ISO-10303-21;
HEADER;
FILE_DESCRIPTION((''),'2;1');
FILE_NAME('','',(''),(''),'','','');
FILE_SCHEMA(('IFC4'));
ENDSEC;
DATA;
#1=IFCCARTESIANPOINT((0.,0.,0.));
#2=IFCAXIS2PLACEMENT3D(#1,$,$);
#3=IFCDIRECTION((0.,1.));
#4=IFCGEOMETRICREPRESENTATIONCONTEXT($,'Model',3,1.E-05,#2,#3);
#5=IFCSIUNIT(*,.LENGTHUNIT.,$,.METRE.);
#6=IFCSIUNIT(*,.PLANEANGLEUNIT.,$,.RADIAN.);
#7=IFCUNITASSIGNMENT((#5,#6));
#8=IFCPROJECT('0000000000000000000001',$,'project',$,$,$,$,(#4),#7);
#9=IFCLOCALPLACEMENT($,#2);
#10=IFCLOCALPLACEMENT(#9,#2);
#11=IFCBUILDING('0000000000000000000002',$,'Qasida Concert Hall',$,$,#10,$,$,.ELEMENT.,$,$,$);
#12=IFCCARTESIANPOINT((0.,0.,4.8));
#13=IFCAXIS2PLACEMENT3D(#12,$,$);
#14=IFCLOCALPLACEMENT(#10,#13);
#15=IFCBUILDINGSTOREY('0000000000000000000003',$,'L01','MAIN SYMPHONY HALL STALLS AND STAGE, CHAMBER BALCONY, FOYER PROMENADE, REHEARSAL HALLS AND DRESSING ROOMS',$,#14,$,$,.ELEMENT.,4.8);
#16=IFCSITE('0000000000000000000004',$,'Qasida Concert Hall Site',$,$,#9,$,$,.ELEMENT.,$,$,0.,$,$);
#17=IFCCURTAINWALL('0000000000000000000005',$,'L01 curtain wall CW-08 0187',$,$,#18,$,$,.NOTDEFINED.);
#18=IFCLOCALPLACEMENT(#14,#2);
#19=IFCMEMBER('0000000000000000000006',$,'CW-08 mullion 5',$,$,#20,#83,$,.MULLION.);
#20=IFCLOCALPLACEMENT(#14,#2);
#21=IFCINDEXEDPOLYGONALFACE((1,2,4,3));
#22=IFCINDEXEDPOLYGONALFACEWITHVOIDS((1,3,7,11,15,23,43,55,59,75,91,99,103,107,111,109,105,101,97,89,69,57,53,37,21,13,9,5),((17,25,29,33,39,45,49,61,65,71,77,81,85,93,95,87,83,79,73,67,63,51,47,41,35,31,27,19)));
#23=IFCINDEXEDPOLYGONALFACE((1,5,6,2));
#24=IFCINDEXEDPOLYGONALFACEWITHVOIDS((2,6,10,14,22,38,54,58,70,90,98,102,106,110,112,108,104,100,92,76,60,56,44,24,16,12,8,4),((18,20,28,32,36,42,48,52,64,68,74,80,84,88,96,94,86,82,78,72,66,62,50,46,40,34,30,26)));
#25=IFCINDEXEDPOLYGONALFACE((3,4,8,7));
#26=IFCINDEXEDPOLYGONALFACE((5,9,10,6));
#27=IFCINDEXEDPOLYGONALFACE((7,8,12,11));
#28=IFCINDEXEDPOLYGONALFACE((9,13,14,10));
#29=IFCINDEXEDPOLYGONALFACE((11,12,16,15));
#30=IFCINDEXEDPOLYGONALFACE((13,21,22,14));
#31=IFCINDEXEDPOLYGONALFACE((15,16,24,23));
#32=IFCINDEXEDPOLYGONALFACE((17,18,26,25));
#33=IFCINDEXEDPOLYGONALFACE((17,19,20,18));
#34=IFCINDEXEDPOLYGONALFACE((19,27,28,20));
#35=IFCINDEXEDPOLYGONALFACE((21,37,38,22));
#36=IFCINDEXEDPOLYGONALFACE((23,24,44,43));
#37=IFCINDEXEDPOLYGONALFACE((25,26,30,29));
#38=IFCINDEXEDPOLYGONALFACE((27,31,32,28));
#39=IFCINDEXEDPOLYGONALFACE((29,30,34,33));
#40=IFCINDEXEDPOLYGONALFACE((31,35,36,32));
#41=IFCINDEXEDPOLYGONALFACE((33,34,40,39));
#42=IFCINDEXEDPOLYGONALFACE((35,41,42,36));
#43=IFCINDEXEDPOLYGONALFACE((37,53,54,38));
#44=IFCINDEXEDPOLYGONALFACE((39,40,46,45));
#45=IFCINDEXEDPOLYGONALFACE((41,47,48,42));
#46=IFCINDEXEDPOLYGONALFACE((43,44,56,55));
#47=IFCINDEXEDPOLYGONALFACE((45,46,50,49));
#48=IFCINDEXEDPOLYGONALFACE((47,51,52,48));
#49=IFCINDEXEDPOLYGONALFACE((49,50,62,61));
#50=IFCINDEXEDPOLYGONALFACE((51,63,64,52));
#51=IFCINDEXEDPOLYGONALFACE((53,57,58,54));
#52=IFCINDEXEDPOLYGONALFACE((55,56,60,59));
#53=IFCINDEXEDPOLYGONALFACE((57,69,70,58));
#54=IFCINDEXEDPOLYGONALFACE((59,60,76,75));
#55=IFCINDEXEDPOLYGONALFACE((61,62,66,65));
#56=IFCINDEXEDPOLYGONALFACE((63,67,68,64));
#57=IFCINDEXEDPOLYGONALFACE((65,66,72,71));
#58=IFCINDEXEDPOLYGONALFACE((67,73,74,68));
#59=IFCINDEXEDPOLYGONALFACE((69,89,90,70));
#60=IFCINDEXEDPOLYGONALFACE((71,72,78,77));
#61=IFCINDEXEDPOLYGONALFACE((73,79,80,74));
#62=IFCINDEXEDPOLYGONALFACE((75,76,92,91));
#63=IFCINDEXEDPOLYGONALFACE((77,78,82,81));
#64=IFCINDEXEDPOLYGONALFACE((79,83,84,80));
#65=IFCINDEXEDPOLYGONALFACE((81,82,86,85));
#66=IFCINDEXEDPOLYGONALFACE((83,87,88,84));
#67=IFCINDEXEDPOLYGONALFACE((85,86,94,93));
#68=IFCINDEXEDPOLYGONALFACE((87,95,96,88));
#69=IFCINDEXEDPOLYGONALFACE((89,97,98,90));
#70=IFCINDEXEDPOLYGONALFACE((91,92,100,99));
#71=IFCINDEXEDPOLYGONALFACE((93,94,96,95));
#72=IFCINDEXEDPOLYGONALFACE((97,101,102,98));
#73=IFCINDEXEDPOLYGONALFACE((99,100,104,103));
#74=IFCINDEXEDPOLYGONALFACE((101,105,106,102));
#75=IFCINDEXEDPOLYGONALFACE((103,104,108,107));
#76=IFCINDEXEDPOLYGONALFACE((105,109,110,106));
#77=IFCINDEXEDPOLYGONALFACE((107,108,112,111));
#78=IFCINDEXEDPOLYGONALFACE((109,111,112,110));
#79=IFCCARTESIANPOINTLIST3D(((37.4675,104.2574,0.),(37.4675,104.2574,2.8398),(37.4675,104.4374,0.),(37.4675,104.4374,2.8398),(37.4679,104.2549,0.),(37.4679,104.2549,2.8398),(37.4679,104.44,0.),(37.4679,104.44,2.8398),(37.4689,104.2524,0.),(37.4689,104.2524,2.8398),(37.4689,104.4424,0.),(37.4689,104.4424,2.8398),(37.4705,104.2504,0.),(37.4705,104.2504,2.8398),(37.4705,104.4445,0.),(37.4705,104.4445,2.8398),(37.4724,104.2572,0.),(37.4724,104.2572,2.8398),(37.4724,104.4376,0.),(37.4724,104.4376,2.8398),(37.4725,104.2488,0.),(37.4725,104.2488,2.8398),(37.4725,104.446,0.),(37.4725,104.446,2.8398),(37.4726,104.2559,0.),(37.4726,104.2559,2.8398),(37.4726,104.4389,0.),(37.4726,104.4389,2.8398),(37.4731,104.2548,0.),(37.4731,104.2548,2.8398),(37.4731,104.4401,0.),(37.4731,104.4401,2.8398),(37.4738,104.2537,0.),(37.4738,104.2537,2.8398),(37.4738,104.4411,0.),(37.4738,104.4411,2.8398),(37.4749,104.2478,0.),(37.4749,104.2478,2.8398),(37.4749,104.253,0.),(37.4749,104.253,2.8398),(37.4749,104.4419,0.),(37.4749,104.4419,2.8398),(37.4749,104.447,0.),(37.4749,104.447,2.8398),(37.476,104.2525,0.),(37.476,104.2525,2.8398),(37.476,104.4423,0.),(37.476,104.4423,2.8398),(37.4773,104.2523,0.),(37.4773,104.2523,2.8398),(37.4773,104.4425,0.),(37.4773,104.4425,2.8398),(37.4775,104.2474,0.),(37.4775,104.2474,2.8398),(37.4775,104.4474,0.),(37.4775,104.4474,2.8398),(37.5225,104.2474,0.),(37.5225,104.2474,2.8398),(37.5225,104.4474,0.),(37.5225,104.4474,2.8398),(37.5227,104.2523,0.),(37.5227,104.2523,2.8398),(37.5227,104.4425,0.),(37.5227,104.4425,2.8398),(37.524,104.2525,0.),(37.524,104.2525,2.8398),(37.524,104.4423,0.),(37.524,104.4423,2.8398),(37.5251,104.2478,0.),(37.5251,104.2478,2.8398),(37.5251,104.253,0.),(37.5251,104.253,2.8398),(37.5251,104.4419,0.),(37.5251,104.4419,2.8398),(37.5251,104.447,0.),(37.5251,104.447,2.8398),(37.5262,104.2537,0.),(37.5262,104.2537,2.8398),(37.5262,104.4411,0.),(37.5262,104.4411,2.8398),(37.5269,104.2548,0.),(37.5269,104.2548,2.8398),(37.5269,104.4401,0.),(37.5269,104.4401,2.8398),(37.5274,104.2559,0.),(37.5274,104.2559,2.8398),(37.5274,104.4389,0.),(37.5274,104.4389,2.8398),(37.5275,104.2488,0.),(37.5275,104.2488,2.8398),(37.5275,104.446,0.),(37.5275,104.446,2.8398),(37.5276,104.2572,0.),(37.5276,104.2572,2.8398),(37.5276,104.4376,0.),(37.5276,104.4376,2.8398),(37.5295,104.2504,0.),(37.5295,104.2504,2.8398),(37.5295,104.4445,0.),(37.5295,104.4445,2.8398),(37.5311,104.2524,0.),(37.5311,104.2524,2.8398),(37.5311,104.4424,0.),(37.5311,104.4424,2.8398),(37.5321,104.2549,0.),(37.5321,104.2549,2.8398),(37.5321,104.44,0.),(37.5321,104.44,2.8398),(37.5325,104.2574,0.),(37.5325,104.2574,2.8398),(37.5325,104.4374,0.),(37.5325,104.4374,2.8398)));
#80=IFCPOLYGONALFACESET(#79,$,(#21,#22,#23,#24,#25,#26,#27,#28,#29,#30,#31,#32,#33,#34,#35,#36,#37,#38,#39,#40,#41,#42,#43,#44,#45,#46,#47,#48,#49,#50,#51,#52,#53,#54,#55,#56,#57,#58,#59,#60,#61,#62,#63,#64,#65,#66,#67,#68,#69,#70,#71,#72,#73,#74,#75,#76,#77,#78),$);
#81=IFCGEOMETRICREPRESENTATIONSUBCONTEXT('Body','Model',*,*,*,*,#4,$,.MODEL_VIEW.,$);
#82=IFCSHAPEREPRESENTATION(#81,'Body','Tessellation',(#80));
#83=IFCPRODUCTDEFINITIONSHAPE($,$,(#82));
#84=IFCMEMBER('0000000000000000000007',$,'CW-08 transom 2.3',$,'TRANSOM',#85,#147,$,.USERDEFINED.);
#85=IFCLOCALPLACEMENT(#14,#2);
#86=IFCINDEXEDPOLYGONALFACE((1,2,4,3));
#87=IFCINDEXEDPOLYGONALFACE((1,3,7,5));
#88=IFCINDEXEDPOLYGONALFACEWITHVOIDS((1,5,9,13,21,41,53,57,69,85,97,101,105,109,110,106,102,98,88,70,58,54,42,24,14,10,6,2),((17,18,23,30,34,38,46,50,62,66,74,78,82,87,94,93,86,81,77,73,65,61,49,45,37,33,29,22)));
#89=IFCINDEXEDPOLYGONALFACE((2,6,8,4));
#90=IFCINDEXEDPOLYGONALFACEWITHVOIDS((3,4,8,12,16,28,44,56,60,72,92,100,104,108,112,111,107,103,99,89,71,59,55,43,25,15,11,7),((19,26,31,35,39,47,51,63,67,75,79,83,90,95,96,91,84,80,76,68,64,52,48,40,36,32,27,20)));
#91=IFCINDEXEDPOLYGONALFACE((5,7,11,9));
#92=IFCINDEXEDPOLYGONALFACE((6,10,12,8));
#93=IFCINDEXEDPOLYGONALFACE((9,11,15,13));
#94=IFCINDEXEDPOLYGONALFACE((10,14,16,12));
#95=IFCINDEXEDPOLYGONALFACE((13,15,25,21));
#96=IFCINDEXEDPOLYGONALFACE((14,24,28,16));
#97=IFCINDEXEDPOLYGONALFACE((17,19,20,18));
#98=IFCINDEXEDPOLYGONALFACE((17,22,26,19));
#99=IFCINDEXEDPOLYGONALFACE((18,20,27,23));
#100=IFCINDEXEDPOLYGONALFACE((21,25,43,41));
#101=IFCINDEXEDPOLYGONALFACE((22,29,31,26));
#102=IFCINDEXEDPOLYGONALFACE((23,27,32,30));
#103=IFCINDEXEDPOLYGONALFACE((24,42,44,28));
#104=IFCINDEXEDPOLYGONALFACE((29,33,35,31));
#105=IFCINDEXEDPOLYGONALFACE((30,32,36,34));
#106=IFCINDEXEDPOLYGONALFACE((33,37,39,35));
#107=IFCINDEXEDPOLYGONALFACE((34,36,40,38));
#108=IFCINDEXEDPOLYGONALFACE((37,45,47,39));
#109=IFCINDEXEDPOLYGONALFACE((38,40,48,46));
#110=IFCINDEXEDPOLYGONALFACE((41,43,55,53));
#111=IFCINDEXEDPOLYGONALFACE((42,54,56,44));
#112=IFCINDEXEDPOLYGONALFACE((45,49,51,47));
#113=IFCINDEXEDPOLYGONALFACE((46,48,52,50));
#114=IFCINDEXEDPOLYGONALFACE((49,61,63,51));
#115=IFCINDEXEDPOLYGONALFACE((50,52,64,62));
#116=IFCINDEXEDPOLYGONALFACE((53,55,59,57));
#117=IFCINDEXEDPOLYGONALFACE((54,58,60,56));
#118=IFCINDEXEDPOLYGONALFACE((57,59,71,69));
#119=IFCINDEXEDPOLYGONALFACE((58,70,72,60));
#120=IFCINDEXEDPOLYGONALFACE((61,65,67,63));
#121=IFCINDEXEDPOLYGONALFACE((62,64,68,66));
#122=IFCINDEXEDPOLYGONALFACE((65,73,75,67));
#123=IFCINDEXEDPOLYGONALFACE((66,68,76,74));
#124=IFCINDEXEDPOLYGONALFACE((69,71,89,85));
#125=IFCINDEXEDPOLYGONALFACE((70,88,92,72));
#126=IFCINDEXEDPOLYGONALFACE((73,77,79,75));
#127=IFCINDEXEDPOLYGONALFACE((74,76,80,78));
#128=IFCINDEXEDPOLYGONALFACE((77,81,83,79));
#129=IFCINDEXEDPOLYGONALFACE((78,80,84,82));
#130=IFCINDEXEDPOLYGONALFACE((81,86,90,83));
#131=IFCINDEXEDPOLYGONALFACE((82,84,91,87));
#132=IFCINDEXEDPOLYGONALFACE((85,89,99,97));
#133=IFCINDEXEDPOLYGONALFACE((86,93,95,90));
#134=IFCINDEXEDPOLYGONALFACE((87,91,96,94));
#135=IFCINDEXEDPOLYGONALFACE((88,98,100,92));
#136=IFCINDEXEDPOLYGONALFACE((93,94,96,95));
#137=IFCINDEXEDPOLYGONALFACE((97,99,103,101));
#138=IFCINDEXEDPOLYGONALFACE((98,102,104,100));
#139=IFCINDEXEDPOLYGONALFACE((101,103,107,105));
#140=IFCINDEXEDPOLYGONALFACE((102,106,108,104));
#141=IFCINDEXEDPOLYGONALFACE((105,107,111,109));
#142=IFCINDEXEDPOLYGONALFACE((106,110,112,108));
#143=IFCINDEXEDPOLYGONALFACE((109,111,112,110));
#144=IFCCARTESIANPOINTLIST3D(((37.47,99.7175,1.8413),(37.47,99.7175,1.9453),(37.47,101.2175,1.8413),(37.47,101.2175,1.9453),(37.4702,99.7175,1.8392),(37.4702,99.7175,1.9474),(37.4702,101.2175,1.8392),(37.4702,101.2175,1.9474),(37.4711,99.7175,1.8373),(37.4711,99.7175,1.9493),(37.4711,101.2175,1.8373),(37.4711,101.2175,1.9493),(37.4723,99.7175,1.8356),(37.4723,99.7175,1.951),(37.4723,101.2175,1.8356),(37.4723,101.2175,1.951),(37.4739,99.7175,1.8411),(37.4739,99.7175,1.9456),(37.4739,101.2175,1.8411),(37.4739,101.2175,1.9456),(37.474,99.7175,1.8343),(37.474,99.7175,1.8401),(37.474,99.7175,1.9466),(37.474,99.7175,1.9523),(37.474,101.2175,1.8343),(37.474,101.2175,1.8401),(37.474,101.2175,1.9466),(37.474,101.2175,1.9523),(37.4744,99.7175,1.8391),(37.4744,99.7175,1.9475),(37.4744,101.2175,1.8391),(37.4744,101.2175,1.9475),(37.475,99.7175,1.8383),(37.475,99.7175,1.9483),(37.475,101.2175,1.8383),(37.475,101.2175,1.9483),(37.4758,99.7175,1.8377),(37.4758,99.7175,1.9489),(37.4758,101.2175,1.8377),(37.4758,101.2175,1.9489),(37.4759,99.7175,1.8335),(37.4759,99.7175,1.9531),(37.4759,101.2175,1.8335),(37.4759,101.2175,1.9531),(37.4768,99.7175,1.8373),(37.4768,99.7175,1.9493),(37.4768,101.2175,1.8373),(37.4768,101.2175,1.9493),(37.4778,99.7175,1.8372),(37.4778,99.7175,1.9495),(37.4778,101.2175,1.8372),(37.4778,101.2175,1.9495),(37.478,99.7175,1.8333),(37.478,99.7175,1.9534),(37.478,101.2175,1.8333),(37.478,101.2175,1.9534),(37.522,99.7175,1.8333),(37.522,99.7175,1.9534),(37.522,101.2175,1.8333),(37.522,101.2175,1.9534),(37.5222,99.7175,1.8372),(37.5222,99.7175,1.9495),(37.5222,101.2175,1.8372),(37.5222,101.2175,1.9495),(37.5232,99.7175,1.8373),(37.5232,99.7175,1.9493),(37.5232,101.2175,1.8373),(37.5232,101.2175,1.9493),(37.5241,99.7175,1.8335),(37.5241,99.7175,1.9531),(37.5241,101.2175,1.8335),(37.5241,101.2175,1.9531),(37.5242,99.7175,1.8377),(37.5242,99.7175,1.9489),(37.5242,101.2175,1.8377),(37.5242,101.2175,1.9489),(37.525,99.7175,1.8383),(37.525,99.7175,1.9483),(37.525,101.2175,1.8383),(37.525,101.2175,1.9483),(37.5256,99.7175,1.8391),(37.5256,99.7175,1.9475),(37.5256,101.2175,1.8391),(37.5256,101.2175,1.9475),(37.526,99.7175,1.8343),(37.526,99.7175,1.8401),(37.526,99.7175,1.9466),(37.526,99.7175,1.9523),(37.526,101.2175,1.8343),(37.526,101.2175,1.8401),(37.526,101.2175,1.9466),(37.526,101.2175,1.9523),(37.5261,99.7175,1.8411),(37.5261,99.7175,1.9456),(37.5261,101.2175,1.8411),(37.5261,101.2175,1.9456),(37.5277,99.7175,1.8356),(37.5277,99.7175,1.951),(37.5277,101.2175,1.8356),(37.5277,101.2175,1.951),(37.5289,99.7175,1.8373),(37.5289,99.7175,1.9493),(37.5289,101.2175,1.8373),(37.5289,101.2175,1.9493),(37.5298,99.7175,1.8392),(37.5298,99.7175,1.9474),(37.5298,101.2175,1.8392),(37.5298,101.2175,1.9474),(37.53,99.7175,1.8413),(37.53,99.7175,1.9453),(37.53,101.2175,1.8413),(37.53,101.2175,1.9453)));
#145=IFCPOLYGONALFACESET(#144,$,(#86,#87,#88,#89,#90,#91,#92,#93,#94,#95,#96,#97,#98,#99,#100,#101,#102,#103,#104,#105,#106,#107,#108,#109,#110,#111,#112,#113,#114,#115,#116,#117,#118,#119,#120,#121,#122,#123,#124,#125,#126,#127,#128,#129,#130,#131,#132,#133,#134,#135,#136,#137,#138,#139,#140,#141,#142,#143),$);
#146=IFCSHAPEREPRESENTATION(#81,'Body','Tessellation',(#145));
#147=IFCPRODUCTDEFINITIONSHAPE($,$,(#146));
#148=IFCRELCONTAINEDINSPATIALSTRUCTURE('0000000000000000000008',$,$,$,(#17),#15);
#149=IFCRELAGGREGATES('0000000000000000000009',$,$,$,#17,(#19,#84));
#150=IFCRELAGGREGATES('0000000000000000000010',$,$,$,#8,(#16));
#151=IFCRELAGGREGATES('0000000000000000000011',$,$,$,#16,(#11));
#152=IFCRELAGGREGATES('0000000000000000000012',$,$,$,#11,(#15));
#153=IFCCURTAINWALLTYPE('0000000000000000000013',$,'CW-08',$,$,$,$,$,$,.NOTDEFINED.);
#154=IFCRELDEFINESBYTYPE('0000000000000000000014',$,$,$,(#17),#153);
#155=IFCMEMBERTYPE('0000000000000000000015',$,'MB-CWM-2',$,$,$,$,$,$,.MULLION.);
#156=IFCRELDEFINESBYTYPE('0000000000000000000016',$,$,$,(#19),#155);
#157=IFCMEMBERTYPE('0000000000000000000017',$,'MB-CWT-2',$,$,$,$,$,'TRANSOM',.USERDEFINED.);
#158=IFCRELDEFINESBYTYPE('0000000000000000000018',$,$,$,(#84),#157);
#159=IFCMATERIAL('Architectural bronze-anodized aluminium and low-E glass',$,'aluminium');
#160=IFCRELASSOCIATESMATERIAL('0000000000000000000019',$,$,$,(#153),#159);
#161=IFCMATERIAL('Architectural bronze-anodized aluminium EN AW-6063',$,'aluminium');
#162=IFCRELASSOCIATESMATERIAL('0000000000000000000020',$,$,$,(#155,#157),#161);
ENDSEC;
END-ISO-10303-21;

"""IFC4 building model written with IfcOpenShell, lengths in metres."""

from ifc_helpers import new_model, si_unit, direction, frame, origin, origin_2d, place, context, subcontext, project, spatial, hollow_rectangle, extrude, material, material_profile, profile_set, type_object, element, aggregate, save


model = new_model("IFC4")

# Units and contexts
model_context = context("Model", 3, precision=1e-05, world=origin(), true_north=direction((0.0, 1.0)))
body_context = subcontext(model_context, "Body", "Model", "MODEL_VIEW")
ifc_project = project(units=[si_unit("LENGTHUNIT", "METRE"), si_unit("PLANEANGLEUNIT", "RADIAN")], contexts=[model_context])

# Site, building, storey
site_placement = place(None, origin())
site = spatial("IfcSite", under=ifc_project, at=site_placement, Name="Qasida Concert Hall Site", CompositionType="ELEMENT", RefElevation=0.0)
building_placement = place(site_placement, origin())
building = spatial("IfcBuilding", under=site, at=building_placement, Name="Qasida Concert Hall", CompositionType="ELEMENT")
storey_placement = place(building_placement, frame((0.0, 0.0, 4.8)))
storey = spatial("IfcBuildingStorey", under=building, at=storey_placement, Name="L01", Description="MAIN SYMPHONY HALL STALLS AND STAGE, CHAMBER BALCONY, FOYER PROMENADE, REHEARSAL HALLS AND DRESSING ROOMS", CompositionType="ELEMENT", Elevation=4.8)

# Curtain wall, members
ifc_material_1 = material(Name="Architectural bronze-anodized aluminium and low-E glass", Category="aluminium")
curtain_wall_type = type_object("IfcCurtainWallType", Name="CW-08", PredefinedType="NOTDEFINED", material=ifc_material_1)
curtain_wall_placement = place(storey_placement, origin())
curtain_wall = element("IfcCurtainWall", 1, at=curtain_wall_placement, inside=storey, type_object=curtain_wall_type, Name="L01 curtain wall CW-08 0187", PredefinedType="NOTDEFINED")
ifc_material_2 = material(Name="Architectural bronze-anodized aluminium EN AW-6063", Category="aluminium")
ifc_material_profile_1 = material_profile(ifc_material_2, hollow_rectangle(XDim=0.0649, YDim=0.2, WallThickness=0.0049, InnerFilletRadius=0.0049, OuterFilletRadius=0.01, at=origin_2d()), Name="CWM 200x65x5")
ifc_profile_set_1 = profile_set([ifc_material_profile_1], Name="Architectural bronze-anodized aluminium EN AW-6063")
member_type_1 = type_object("IfcMemberType", Name="MB-CWM-2", PredefinedType="MULLION", material=ifc_profile_set_1)
member_1_placement = place(storey_placement, frame((37.5, 104.3474, 0.0), z_axis=(0.0, 0.0, 1.0), x_axis=(-1.0, 0.0, 0.0)))
member_1 = element("IfcMember", 2, at=member_1_placement, type_object=member_type_1, Name="CW-08 mullion 5", PredefinedType="MULLION", context=body_context, shape_type="SweptSolid", body=[
    extrude(hollow_rectangle(XDim=0.0649, YDim=0.2, WallThickness=0.0049, InnerFilletRadius=0.0049, OuterFilletRadius=0.01, at=origin_2d()), origin(), (0.0, 0.0, 1.0), 2.8398),
])
ifc_material_profile_2 = material_profile(ifc_material_2, hollow_rectangle(XDim=0.0601, YDim=0.1201, WallThickness=0.0039, InnerFilletRadius=0.0039, OuterFilletRadius=0.0081, at=origin_2d()), Name="CWT 120x60x4")
ifc_profile_set_2 = profile_set([ifc_material_profile_2], Name="Architectural bronze-anodized aluminium EN AW-6063")
member_type_2 = type_object("IfcMemberType", Name="MB-CWT-2", ElementType="TRANSOM", PredefinedType="USERDEFINED", material=ifc_profile_set_2)
member_2_placement = place(storey_placement, frame((37.5, 99.7175, 1.8933), z_axis=(0.0, 1.0, 0.0), x_axis=(-1.0, 0.0, 0.0)))
member_2 = element("IfcMember", 3, at=member_2_placement, type_object=member_type_2, Name="CW-08 transom 2.3", ObjectType="TRANSOM", PredefinedType="USERDEFINED", context=body_context, shape_type="SweptSolid", body=[
    extrude(hollow_rectangle(XDim=0.0601, YDim=0.1201, WallThickness=0.0039, InnerFilletRadius=0.0039, OuterFilletRadius=0.0081, at=origin_2d()), origin(), (0.0, 0.0, 1.0), 1.5),
])
aggregate(curtain_wall, [member_1, member_2])

save(model, "model.ifc")
